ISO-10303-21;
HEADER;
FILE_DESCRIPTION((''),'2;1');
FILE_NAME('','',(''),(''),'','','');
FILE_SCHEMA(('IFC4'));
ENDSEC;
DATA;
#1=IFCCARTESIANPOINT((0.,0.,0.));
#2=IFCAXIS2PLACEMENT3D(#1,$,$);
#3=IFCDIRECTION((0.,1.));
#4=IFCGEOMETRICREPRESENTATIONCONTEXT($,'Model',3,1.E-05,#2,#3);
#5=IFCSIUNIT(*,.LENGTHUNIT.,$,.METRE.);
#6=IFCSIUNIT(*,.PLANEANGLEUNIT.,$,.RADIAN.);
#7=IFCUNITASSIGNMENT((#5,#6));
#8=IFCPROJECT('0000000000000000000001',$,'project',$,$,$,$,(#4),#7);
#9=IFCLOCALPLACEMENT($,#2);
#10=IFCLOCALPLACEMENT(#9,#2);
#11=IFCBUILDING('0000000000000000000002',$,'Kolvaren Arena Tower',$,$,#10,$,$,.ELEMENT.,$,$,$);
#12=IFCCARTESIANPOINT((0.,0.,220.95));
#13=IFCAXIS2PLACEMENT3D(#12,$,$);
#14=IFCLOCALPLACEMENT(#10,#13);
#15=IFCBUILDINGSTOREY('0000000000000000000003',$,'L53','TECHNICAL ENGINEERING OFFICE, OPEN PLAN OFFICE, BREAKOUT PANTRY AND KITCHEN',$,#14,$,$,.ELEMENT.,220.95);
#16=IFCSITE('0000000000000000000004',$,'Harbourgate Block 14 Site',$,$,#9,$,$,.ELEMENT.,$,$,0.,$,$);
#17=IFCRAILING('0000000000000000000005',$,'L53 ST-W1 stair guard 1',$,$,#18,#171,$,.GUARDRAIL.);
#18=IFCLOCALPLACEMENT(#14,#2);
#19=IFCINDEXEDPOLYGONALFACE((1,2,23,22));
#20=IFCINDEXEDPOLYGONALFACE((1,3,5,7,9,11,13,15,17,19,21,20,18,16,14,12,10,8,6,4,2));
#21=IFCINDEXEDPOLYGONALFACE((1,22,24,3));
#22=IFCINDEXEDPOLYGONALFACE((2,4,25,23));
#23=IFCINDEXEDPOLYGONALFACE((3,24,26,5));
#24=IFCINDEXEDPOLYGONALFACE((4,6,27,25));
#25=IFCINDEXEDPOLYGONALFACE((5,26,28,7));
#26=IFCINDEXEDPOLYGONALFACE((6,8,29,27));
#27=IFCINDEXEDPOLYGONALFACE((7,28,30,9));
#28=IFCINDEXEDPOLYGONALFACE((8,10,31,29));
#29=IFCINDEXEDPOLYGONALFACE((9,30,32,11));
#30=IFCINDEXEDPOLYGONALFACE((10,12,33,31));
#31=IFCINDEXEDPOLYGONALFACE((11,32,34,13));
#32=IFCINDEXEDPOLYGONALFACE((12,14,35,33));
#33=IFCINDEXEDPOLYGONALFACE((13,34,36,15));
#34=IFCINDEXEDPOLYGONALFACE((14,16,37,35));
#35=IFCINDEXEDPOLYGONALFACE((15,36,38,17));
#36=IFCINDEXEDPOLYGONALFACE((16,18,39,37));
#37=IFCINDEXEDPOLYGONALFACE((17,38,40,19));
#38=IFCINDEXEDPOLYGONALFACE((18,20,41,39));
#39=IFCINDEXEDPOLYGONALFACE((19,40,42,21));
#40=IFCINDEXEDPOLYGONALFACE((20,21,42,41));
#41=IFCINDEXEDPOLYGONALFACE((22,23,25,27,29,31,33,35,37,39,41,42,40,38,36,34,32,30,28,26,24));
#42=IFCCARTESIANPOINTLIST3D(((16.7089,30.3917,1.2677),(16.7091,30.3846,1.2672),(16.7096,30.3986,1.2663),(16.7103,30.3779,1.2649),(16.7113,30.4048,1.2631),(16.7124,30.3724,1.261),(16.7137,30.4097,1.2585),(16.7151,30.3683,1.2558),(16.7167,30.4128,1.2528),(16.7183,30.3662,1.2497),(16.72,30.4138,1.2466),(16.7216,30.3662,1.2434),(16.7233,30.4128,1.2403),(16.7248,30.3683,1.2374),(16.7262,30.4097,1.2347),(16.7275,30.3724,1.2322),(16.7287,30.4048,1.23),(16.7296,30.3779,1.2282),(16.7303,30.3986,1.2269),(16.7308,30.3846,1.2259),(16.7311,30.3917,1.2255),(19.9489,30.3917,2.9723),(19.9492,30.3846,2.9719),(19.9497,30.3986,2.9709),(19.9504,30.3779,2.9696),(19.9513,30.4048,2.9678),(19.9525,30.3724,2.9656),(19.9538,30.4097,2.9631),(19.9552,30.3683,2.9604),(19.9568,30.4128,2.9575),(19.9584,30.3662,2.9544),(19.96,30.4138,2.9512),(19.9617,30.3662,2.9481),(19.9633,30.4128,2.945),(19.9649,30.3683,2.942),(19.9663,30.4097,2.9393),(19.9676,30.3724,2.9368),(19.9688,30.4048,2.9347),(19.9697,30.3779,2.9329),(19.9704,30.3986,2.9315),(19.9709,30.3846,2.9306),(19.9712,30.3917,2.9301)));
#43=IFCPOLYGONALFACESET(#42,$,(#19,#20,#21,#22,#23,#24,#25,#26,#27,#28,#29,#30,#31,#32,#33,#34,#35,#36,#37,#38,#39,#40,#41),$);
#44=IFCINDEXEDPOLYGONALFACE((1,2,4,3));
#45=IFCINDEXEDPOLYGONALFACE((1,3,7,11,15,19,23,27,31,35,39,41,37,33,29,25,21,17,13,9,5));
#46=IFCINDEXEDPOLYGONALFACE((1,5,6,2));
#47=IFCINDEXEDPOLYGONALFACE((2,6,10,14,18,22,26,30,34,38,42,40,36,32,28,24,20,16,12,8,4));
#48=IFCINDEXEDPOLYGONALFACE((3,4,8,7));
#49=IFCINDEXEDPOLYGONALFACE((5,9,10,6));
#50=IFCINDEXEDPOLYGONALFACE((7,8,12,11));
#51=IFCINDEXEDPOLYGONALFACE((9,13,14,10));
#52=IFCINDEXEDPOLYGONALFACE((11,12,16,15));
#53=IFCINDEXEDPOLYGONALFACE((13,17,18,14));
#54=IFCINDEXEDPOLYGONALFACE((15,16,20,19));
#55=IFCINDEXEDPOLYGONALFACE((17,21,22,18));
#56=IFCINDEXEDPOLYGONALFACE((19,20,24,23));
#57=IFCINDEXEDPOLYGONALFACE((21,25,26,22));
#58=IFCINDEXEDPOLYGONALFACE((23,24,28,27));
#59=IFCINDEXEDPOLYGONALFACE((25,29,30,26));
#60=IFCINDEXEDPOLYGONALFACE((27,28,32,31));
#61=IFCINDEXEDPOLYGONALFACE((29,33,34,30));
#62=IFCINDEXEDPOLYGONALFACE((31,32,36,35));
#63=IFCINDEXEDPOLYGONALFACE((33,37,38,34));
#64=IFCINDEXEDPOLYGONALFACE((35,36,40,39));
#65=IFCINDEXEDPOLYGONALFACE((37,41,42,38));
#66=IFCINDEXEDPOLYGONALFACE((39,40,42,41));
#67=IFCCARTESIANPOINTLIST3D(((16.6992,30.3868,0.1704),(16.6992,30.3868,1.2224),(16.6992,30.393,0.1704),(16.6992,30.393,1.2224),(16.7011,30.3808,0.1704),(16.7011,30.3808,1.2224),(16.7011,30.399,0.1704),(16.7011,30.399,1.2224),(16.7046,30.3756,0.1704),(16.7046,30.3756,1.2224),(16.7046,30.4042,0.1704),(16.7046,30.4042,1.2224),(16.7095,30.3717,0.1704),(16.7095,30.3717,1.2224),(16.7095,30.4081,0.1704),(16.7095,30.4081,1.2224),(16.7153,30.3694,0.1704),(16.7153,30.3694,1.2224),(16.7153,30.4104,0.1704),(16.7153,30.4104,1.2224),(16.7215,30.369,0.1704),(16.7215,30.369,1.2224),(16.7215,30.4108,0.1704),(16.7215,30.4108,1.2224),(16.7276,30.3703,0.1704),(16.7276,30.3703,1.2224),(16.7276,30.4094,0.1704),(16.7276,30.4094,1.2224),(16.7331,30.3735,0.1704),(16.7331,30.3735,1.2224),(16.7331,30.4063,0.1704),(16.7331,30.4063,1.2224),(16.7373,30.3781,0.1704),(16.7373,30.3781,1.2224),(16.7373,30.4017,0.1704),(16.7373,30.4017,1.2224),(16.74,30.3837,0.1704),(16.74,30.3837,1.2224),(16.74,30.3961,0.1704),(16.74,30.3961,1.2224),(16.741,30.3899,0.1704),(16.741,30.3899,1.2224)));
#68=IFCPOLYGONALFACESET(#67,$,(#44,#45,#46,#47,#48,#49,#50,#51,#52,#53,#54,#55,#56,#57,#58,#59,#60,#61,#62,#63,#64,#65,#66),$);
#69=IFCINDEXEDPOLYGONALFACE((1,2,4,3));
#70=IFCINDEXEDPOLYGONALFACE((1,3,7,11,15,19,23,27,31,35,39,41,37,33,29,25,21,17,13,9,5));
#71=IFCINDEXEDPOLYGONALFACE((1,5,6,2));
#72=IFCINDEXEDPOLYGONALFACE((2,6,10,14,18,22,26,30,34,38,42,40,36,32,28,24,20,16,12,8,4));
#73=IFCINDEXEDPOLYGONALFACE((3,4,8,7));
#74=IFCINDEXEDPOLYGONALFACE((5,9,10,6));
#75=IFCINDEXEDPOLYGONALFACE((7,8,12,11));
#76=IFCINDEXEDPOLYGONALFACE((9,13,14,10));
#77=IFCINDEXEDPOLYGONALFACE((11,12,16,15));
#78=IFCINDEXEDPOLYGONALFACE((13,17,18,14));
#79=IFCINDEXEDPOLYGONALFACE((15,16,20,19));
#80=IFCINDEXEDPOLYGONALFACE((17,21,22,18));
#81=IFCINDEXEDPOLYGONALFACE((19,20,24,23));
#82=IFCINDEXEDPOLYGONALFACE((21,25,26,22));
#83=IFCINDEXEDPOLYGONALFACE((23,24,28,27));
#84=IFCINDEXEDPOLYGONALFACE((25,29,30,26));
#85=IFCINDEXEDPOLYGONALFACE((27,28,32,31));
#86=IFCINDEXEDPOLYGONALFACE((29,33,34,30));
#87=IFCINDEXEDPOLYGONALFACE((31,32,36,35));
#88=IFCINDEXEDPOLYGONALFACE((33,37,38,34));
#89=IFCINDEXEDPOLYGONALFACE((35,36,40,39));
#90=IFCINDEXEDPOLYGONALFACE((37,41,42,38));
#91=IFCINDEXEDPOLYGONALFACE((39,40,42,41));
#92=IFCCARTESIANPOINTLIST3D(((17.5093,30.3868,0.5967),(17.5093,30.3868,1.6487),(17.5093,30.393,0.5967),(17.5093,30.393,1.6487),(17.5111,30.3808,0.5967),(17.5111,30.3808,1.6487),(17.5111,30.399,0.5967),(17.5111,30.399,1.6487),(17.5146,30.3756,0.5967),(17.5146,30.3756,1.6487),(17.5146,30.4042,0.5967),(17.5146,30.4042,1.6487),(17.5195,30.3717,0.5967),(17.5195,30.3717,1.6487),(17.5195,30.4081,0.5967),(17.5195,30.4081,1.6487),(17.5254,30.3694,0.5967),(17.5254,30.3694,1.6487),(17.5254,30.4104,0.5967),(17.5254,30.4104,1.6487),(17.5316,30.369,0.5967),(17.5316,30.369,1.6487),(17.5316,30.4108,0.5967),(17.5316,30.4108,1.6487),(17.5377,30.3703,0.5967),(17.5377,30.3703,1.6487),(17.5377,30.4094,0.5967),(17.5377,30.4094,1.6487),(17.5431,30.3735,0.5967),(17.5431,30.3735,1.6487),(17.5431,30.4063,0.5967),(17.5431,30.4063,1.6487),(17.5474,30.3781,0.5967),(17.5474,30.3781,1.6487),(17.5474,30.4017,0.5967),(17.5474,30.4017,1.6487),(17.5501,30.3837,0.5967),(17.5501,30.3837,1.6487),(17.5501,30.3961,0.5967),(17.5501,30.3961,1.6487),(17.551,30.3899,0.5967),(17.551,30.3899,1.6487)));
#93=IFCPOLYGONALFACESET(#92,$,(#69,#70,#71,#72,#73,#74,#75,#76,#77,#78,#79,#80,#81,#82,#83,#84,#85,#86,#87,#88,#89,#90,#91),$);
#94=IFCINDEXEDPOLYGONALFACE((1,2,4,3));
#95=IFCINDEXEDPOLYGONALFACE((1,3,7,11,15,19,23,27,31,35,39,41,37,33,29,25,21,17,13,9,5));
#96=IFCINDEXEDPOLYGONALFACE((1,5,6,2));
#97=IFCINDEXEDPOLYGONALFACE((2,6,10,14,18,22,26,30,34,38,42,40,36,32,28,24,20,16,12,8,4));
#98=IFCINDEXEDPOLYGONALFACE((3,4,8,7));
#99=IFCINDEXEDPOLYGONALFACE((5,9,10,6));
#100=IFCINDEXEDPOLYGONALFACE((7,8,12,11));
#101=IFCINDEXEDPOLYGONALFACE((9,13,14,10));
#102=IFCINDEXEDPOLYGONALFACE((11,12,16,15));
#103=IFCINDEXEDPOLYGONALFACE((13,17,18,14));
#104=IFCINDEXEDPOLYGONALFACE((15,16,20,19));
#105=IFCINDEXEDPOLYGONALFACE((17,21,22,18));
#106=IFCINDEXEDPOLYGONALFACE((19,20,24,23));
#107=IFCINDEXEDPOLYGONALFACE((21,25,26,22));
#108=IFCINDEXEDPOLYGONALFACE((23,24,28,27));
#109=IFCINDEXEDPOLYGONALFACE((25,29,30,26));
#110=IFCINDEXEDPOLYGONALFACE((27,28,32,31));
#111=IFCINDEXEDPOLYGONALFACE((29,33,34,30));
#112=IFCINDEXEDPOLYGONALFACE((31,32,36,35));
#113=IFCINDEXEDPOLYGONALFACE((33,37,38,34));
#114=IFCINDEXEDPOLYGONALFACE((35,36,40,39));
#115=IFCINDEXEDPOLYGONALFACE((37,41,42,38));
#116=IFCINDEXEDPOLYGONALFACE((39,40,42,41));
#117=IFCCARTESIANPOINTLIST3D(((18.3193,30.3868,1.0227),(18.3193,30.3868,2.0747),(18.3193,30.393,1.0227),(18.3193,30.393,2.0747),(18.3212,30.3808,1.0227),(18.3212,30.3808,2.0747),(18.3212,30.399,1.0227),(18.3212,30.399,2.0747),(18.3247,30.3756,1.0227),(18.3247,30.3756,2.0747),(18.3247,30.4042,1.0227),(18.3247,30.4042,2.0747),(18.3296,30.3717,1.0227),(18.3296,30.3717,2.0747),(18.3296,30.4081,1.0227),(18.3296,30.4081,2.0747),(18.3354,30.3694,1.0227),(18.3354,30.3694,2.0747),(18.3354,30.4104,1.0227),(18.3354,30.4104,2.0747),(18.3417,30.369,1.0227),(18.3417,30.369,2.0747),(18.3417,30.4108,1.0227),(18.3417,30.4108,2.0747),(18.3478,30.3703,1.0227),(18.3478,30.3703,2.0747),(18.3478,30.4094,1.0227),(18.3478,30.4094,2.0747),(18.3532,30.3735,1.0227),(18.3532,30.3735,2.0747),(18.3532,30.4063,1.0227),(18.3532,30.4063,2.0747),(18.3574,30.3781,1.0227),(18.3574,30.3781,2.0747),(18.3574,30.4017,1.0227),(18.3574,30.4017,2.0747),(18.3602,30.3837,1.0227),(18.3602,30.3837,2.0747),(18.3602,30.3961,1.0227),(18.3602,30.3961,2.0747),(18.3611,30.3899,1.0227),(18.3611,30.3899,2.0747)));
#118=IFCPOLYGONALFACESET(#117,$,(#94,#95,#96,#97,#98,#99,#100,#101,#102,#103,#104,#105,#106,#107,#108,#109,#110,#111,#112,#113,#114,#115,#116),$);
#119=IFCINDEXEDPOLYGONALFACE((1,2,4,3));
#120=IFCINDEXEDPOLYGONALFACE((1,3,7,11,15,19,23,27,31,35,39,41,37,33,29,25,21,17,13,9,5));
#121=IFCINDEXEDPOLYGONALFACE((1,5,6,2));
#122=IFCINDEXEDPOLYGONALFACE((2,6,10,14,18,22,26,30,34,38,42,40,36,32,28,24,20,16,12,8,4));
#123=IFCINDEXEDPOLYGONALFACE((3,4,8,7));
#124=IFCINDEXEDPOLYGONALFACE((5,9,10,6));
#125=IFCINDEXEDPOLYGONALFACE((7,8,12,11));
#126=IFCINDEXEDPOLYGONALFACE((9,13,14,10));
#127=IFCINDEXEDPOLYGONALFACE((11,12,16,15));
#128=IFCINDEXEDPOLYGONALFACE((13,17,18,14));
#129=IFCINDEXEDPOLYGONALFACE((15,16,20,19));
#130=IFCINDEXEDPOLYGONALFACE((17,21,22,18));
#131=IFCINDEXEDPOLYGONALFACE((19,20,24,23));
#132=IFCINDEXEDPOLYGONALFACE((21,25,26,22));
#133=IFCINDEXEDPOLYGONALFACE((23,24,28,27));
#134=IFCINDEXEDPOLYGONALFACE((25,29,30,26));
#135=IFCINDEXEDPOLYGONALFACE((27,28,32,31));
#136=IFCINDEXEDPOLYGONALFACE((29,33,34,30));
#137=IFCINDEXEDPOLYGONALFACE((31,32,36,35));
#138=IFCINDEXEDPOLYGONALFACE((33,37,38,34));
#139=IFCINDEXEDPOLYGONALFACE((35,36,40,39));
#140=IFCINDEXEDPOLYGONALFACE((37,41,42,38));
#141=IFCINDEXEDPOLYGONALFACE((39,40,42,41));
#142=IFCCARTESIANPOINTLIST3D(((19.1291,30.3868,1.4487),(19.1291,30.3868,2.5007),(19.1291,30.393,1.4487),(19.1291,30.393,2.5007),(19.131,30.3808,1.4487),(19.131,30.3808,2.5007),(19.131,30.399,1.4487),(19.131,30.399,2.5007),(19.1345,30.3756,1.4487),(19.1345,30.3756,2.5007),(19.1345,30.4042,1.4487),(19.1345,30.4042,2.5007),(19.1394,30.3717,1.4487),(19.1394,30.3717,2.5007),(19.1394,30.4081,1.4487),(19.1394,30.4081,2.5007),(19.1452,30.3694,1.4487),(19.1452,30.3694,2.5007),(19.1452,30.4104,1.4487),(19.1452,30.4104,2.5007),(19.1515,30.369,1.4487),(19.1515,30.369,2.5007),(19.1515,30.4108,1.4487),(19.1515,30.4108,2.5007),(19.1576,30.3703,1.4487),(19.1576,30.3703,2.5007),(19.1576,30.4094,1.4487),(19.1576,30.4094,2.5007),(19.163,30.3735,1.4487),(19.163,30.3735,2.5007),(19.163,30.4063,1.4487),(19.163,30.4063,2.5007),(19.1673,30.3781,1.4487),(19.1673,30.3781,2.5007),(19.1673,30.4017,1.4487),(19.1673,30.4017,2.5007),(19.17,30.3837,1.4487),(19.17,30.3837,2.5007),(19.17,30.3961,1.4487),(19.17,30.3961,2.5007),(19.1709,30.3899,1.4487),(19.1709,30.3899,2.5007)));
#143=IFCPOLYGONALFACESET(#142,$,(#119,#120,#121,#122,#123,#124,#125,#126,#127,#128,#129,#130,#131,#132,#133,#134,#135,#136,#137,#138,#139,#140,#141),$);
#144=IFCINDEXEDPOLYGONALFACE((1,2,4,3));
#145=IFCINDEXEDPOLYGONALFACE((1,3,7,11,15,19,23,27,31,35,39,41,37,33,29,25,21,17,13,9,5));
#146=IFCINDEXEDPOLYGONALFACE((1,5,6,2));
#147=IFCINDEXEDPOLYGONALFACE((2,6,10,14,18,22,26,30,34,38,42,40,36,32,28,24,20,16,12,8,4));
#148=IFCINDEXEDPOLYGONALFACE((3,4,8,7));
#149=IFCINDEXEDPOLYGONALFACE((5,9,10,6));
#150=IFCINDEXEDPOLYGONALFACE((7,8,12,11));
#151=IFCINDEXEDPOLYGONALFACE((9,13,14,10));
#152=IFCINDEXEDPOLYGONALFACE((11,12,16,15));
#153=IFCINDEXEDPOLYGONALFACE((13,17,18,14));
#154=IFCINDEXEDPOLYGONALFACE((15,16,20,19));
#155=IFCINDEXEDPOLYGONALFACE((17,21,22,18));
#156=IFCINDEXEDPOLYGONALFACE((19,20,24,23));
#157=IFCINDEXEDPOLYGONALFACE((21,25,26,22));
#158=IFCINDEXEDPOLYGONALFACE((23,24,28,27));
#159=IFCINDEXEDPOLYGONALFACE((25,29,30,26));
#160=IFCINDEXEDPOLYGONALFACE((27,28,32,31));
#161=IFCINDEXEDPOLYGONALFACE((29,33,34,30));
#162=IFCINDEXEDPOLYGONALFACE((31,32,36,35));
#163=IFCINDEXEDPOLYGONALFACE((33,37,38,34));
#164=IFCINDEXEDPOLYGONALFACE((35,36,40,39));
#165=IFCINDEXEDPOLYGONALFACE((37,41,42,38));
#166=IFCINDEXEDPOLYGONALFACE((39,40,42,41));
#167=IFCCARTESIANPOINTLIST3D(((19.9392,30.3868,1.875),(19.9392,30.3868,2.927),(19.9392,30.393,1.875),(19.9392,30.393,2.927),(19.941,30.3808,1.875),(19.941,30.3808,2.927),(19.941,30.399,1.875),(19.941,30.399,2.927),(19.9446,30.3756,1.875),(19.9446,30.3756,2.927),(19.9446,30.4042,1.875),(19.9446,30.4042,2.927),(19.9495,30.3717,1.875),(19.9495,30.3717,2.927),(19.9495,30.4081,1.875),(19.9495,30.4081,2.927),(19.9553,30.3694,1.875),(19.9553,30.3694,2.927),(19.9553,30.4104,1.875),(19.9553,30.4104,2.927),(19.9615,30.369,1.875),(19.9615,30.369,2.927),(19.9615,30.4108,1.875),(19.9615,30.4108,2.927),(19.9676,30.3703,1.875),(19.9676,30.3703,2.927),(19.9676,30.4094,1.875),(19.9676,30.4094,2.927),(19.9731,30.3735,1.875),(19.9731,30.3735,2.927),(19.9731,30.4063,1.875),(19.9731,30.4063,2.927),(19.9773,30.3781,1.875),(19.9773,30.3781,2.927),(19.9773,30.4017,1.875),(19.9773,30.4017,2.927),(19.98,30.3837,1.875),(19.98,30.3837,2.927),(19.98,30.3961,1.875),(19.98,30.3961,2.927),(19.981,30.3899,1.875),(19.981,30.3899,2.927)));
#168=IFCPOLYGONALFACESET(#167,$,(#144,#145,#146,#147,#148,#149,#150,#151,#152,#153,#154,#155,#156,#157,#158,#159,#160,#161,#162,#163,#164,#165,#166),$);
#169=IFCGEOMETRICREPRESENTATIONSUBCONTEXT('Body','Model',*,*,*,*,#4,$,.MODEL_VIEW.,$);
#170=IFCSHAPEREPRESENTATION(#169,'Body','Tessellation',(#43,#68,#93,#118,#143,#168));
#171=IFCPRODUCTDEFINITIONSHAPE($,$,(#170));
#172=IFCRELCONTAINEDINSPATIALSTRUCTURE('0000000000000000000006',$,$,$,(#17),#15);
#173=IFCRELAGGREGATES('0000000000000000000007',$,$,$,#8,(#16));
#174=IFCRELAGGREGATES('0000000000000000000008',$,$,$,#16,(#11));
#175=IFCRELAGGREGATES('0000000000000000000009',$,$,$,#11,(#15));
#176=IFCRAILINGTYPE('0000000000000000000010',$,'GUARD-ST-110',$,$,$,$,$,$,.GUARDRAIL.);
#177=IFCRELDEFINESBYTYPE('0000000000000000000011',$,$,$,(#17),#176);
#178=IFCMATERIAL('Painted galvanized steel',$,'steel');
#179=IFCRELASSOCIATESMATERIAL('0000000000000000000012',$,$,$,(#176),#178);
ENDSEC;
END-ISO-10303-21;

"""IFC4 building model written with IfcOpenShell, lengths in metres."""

from ifc_helpers import new_model, si_unit, direction, frame, origin, origin_2d, place, context, subcontext, project, spatial, circle, extrude, material, type_object, element, save


model = new_model("IFC4")

# Units and contexts
model_context = context("Model", 3, precision=1e-05, world=origin(), true_north=direction((0.0, 1.0)))
body_context = subcontext(model_context, "Body", "Model", "MODEL_VIEW")
ifc_project = project(units=[si_unit("LENGTHUNIT", "METRE"), si_unit("PLANEANGLEUNIT", "RADIAN")], contexts=[model_context])

# Site, building, storey
site_placement = place(None, origin())
site = spatial("IfcSite", under=ifc_project, at=site_placement, Name="Harbourgate Block 14 Site", CompositionType="ELEMENT", RefElevation=0.0)
building_placement = place(site_placement, origin())
building = spatial("IfcBuilding", under=site, at=building_placement, Name="Kolvaren Arena Tower", CompositionType="ELEMENT")
storey_placement = place(building_placement, frame((0.0, 0.0, 220.95)))
storey = spatial("IfcBuildingStorey", under=building, at=storey_placement, Name="L53", Description="TECHNICAL ENGINEERING OFFICE, OPEN PLAN OFFICE, BREAKOUT PANTRY AND KITCHEN", CompositionType="ELEMENT", Elevation=220.95)

# Railing
ifc_material_1 = material(Name="Painted galvanized steel", Category="steel")
railing_type_1 = type_object("IfcRailingType", Name="GUARD-ST-110", PredefinedType="GUARDRAIL", material=ifc_material_1)
railing_1_placement = place(storey_placement, frame((16.72, 30.3899, 0.1704)))
element("IfcRailing", 1, at=railing_1_placement, inside=storey, type_object=railing_type_1, Name="L53 ST-W1 stair guard 1", PredefinedType="GUARDRAIL", context=body_context, shape_type="SweptSolid", body=[
    extrude(circle(Radius=0.0239, at=origin_2d()), frame((0.0, 0.0, 1.0762), z_axis=(0.884993, 0.0, 0.465604), x_axis=(0.0, 1.0, 0.0)), (0.0, 0.0, 1.0), 3.6611),
    extrude(circle(Radius=0.021, at=origin_2d()), origin(), (0.0, 0.0, 1.0), 1.052),
    extrude(circle(Radius=0.021, at=origin_2d()), frame((0.8101, 0.0, 0.4263)), (0.0, 0.0, 1.0), 1.052),
    extrude(circle(Radius=0.021, at=origin_2d()), frame((1.6201, 0.0, 0.8523)), (0.0, 0.0, 1.0), 1.052),
    extrude(circle(Radius=0.021, at=origin_2d()), frame((2.4299, 0.0, 1.2783)), (0.0, 0.0, 1.0), 1.052),
    extrude(circle(Radius=0.021, at=origin_2d()), frame((3.24, 0.0, 1.7046)), (0.0, 0.0, 1.0), 1.052),
])

save(model, "model.ifc")
